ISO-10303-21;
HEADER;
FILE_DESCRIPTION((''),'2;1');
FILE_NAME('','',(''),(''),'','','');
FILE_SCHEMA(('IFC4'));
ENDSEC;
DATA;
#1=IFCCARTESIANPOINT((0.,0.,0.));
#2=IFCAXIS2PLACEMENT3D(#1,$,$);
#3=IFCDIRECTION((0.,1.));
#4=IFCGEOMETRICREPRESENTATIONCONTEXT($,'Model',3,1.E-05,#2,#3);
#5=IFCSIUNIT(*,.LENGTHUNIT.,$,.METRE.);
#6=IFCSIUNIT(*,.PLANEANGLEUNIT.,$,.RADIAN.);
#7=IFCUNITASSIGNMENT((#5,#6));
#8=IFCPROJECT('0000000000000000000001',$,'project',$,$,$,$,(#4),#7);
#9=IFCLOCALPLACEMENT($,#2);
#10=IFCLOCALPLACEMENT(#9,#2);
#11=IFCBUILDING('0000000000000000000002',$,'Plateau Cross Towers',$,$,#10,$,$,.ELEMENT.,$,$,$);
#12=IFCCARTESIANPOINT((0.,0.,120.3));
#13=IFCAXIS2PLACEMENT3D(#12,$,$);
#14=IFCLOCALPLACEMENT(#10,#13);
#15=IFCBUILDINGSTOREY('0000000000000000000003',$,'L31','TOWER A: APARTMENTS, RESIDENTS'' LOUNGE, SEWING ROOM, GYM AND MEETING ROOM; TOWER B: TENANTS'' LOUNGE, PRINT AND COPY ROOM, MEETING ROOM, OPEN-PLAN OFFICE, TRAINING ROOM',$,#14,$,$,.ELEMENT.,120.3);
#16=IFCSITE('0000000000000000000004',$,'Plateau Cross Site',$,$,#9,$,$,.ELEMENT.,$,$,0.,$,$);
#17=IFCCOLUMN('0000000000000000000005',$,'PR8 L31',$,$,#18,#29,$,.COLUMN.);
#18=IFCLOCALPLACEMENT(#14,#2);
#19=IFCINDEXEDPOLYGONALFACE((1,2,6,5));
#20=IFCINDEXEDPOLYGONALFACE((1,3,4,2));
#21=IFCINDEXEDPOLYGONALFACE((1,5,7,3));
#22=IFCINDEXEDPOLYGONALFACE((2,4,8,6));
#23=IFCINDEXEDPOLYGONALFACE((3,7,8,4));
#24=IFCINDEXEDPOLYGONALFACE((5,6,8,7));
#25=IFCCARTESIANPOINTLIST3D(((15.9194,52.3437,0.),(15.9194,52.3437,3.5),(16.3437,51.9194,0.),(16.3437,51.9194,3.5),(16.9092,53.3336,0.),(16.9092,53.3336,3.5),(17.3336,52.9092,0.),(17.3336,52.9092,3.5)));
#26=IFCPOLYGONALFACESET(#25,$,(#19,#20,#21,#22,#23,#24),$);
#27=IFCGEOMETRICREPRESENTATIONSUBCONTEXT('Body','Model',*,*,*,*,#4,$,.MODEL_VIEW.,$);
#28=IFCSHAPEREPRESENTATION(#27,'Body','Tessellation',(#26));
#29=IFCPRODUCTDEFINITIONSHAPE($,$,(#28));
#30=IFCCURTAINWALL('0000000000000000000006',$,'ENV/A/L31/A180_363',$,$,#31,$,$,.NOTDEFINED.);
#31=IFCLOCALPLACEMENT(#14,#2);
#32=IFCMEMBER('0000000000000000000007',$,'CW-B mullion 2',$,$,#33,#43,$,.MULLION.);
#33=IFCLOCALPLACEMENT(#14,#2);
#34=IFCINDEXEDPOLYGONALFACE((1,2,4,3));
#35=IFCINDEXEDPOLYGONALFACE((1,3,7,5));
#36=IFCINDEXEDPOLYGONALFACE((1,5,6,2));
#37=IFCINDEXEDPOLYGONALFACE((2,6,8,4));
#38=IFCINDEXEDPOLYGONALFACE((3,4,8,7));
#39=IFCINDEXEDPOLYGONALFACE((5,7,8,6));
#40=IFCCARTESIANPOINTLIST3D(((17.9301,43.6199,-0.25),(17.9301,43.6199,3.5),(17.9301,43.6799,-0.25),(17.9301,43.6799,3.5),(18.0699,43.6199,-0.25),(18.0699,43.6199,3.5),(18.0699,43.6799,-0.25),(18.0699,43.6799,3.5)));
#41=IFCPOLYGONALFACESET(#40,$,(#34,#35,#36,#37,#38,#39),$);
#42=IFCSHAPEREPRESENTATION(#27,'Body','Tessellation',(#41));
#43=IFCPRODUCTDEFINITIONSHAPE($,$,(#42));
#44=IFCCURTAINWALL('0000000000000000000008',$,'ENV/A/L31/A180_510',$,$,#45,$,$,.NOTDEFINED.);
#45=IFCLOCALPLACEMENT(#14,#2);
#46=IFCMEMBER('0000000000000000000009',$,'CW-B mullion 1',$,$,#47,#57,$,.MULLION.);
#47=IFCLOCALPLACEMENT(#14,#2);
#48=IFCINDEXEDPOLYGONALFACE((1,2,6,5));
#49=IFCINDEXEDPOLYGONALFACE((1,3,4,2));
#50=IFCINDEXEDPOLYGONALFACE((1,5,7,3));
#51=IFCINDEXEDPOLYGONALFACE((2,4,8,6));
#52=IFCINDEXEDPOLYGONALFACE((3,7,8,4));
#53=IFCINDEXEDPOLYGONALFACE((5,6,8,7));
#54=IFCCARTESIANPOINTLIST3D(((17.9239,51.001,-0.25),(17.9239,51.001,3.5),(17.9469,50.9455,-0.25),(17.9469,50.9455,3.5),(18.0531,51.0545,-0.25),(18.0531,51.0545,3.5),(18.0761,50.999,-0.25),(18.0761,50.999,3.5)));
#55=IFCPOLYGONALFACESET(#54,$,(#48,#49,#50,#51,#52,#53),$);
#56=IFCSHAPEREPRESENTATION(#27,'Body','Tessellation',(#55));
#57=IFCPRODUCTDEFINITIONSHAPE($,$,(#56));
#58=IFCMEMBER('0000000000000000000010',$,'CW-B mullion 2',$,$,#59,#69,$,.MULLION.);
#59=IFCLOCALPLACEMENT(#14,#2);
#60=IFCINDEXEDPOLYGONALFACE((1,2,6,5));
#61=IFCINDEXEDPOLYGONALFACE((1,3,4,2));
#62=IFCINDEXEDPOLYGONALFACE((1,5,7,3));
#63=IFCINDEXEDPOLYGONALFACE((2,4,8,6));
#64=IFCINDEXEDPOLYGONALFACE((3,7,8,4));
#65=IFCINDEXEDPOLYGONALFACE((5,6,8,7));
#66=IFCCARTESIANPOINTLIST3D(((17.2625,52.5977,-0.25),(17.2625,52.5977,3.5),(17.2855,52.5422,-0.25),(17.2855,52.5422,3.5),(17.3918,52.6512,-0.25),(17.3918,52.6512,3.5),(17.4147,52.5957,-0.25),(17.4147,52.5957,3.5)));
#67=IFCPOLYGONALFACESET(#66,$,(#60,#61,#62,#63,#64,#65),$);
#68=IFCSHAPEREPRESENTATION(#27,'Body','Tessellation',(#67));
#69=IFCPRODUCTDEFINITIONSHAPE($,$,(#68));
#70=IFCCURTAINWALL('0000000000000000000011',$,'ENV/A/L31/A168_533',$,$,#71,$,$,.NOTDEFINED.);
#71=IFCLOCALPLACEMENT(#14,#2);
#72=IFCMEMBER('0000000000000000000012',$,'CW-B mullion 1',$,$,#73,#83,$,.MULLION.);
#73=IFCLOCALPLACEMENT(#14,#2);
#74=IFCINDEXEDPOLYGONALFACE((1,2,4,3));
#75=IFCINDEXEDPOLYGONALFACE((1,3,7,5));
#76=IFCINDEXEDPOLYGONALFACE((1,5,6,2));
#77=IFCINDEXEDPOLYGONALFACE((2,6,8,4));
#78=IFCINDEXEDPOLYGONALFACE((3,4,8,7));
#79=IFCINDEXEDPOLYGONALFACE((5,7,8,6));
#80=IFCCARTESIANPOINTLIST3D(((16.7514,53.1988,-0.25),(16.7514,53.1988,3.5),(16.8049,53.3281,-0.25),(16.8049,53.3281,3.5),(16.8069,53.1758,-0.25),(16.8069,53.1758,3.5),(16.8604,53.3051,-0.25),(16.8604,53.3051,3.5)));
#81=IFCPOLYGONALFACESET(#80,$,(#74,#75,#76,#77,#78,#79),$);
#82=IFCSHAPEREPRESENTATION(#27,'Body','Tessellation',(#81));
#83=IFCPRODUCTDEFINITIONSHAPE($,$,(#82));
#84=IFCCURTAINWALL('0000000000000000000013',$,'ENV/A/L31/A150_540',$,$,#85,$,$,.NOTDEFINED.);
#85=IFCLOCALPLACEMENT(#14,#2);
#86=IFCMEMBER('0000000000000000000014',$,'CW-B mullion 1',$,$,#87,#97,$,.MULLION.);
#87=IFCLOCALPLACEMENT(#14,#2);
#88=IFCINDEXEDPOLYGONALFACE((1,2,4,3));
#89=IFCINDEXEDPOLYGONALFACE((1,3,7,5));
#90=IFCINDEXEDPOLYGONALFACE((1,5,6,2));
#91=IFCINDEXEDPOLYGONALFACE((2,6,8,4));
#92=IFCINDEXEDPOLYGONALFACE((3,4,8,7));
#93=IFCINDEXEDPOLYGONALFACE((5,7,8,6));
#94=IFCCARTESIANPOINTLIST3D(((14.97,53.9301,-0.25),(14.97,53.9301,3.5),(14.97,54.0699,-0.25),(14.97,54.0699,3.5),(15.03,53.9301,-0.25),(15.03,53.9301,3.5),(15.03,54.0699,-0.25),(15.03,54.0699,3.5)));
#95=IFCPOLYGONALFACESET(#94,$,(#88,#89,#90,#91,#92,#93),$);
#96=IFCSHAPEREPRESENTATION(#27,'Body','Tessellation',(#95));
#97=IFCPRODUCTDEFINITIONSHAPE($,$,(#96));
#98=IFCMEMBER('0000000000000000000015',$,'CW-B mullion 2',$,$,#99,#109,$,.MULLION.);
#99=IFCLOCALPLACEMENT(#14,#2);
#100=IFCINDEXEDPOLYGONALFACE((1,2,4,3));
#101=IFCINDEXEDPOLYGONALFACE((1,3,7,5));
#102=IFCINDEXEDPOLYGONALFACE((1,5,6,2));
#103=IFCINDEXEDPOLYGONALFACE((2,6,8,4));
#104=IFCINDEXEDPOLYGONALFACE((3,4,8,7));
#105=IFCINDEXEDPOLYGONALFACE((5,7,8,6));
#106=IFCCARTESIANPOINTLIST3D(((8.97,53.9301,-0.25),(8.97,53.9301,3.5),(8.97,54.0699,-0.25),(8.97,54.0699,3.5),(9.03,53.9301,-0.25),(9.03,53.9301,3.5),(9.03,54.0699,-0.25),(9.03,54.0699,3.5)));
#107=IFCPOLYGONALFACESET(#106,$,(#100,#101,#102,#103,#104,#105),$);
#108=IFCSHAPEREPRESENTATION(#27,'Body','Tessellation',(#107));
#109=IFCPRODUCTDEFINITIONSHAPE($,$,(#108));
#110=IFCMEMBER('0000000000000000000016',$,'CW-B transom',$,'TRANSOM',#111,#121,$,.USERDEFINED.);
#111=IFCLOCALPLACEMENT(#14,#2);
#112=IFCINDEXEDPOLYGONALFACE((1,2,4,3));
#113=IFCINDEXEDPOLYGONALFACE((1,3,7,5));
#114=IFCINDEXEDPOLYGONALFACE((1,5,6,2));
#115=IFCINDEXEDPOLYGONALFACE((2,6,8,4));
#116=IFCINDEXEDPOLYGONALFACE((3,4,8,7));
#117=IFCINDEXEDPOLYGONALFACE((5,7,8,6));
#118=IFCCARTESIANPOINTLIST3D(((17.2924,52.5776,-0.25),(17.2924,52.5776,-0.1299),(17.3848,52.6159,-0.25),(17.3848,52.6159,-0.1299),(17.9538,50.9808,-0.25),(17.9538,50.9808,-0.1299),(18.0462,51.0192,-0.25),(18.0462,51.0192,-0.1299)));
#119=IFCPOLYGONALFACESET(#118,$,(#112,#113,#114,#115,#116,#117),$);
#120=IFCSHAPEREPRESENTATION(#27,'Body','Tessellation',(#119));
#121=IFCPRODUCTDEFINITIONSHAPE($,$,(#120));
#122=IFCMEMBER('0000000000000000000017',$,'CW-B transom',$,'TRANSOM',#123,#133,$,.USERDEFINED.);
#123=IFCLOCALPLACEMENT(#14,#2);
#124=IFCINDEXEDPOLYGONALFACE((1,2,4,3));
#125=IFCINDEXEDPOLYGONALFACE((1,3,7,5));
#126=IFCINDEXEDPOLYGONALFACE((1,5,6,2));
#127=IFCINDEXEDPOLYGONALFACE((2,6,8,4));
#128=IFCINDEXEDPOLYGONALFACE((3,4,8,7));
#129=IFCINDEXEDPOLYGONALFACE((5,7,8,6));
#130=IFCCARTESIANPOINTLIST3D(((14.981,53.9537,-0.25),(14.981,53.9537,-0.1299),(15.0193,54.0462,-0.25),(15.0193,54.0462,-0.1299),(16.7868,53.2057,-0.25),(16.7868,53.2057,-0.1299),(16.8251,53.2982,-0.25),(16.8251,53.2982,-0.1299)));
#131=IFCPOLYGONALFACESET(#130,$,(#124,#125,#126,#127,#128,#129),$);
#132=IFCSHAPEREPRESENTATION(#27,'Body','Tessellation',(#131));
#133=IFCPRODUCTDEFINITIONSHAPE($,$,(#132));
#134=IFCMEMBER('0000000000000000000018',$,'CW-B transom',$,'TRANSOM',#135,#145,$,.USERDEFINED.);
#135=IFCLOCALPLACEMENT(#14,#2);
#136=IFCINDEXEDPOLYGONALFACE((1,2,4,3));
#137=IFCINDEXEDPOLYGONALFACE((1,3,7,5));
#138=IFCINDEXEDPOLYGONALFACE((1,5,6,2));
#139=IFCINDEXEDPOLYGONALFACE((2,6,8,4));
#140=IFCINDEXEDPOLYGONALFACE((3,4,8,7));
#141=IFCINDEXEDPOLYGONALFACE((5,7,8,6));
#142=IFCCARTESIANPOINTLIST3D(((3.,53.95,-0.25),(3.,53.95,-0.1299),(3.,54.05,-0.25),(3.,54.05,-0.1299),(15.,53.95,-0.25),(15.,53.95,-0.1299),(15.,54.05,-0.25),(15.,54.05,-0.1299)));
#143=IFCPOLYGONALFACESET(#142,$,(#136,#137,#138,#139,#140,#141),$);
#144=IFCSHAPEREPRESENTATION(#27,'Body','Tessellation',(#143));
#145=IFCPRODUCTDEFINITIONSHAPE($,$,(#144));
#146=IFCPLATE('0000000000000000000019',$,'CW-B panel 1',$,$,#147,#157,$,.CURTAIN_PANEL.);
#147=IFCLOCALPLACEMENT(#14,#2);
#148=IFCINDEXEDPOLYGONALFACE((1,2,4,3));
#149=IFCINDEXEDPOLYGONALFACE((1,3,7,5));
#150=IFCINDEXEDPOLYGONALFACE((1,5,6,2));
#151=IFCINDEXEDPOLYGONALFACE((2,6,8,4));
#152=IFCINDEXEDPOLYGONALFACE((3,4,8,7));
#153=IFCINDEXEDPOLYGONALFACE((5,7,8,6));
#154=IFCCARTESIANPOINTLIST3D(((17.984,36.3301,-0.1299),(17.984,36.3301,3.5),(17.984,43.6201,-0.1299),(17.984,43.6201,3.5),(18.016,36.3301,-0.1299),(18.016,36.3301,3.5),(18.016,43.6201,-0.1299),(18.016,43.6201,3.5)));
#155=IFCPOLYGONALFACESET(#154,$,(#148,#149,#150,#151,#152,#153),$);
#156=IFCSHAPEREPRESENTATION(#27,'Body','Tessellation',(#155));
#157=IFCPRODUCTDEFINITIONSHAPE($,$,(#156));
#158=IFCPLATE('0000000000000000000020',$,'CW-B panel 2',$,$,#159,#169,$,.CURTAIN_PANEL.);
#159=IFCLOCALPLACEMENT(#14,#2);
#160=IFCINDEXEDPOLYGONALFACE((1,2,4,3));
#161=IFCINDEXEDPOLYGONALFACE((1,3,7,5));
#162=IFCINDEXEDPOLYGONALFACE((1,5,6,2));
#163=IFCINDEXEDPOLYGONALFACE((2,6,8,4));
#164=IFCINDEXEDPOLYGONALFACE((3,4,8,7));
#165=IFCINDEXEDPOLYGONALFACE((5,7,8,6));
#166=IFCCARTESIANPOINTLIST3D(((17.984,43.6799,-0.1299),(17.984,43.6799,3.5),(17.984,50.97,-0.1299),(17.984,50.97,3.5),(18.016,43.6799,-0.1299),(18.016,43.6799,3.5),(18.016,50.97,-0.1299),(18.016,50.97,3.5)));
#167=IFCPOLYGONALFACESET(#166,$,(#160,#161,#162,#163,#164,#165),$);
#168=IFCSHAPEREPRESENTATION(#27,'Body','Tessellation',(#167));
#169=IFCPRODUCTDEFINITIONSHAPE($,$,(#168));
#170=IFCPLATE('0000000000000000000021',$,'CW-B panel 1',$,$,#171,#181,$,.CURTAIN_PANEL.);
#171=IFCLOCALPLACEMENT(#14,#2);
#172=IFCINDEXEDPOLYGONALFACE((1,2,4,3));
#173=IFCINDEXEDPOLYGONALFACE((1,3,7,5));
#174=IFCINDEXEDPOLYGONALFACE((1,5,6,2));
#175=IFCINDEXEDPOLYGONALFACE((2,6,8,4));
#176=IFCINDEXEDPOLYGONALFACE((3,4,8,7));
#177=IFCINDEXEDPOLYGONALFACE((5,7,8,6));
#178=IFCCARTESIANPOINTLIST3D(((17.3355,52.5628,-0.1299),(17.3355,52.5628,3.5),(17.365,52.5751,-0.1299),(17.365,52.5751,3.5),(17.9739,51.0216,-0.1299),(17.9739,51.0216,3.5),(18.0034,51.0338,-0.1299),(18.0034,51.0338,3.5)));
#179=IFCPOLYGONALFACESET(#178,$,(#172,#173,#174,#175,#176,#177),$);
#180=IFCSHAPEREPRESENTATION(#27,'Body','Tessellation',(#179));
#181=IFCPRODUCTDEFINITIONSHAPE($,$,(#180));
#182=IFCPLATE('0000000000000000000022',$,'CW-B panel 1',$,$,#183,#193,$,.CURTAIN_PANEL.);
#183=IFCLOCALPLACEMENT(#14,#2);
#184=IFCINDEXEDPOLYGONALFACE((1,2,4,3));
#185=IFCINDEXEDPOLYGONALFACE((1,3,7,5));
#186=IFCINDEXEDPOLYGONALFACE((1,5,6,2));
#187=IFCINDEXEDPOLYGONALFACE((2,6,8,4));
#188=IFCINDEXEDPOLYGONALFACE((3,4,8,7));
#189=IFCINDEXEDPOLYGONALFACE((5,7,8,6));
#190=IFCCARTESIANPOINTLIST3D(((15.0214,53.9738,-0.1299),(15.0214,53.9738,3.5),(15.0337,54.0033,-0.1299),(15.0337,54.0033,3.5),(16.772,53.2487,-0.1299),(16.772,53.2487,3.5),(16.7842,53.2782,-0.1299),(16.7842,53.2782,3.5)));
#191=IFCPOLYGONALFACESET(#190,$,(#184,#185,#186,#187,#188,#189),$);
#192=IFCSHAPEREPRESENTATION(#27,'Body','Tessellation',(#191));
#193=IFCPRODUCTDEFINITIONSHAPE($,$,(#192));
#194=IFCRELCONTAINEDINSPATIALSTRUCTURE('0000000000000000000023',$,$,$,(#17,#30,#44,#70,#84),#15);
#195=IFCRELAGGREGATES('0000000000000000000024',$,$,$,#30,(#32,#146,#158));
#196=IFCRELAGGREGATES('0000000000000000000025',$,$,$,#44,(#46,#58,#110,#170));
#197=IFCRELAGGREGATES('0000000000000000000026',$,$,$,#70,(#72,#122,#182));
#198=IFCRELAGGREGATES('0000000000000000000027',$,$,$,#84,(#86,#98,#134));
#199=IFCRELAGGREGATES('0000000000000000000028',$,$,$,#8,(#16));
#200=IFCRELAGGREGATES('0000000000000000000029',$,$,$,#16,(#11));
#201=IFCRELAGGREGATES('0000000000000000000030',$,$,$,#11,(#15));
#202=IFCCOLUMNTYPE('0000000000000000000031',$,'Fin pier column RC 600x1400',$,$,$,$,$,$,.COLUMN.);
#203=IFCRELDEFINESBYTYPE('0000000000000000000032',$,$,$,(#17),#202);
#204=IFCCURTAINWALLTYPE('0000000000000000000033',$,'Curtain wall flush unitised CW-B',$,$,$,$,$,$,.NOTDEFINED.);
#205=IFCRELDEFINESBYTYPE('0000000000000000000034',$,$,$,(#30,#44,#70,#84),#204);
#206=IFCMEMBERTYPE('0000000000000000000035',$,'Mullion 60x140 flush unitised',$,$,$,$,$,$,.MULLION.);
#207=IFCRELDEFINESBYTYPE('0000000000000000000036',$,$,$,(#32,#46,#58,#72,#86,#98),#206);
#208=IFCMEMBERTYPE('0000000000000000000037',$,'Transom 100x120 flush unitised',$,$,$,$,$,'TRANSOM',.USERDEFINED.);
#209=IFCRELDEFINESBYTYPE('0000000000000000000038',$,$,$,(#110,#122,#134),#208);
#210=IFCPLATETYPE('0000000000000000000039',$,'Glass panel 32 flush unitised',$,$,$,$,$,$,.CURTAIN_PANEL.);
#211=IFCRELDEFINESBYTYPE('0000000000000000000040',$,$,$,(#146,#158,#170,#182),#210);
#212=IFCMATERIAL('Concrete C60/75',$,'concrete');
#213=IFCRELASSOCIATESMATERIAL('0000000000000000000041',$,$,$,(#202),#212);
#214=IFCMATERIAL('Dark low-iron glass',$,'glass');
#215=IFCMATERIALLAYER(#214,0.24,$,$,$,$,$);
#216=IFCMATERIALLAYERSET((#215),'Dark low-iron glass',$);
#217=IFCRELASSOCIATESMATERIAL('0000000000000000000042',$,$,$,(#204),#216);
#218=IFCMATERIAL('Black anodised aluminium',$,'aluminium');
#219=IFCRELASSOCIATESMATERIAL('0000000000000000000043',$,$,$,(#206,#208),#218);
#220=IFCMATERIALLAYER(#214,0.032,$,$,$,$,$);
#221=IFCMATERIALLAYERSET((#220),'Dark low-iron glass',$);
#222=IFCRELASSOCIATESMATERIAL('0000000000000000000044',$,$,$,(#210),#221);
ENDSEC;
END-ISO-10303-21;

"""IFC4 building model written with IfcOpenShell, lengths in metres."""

from ifc_helpers import new_model, si_unit, direction, frame, origin, origin_2d, place, context, subcontext, project, spatial, rectangle, extrude, material, layer, layer_set, material_profile, profile_set, type_object, element, aggregate, save


model = new_model("IFC4")

# Units and contexts
model_context = context("Model", 3, precision=1e-05, world=origin(), true_north=direction((0.0, 1.0)))
body_context = subcontext(model_context, "Body", "Model", "MODEL_VIEW")
ifc_project = project(units=[si_unit("LENGTHUNIT", "METRE"), si_unit("PLANEANGLEUNIT", "RADIAN")], contexts=[model_context])

# Site, building, storey
site_placement = place(None, origin())
site = spatial("IfcSite", under=ifc_project, at=site_placement, Name="Plateau Cross Site", CompositionType="ELEMENT", RefElevation=0.0)
building_placement = place(site_placement, origin())
building = spatial("IfcBuilding", under=site, at=building_placement, Name="Plateau Cross Towers", CompositionType="ELEMENT")
storey_placement = place(building_placement, frame((0.0, 0.0, 120.3)))
storey = spatial("IfcBuildingStorey", under=building, at=storey_placement, Name="L31", Description="TOWER A: APARTMENTS, RESIDENTS' LOUNGE, SEWING ROOM, GYM AND MEETING ROOM; TOWER B: TENANTS' LOUNGE, PRINT AND COPY ROOM, MEETING ROOM, OPEN-PLAN OFFICE, TRAINING ROOM", CompositionType="ELEMENT", Elevation=120.3)

# Column
ifc_material_1 = material(Name="Concrete C60/75", Category="concrete")
ifc_material_profile_1 = material_profile(ifc_material_1, rectangle(XDim=0.6001, YDim=1.3999, at=origin_2d()), Name="RC 600x1400")
ifc_profile_set_1 = profile_set([ifc_material_profile_1], Name="Concrete C60/75")
column_type = type_object("IfcColumnType", Name="Fin pier column RC 600x1400", PredefinedType="COLUMN", material=ifc_profile_set_1)
column_placement = place(storey_placement, frame((16.6265, 52.6265, 0.0), z_axis=(0.0, 0.0, 1.0), x_axis=(-0.707107, 0.707107, 0.0)))
element("IfcColumn", 1, at=column_placement, inside=storey, type_object=column_type, Name="PR8 L31", PredefinedType="COLUMN", context=body_context, shape_type="SweptSolid", body=[
    extrude(rectangle(XDim=0.6001, YDim=1.3999, at=origin_2d()), origin(), (0.0, 0.0, 1.0), 3.5),
])

# Curtain wall, member
ifc_material_2 = material(Name="Dark low-iron glass", Category="glass")
ifc_layer_1 = layer(ifc_material_2, 0.24)
ifc_layer_set_1 = layer_set([ifc_layer_1], Name="Dark low-iron glass")
curtain_wall_type = type_object("IfcCurtainWallType", Name="Curtain wall flush unitised CW-B", PredefinedType="NOTDEFINED", material=ifc_layer_set_1)
curtain_wall_1_placement = place(storey_placement, origin())
curtain_wall_1 = element("IfcCurtainWall", 2, at=curtain_wall_1_placement, inside=storey, type_object=curtain_wall_type, Name="ENV/A/L31/A180_363", PredefinedType="NOTDEFINED")
ifc_material_3 = material(Name="Black anodised aluminium", Category="aluminium")
ifc_material_profile_2 = material_profile(ifc_material_3, rectangle(XDim=0.0601, YDim=0.1399, at=origin_2d()), Name="MULLION 60x140")
ifc_profile_set_2 = profile_set([ifc_material_profile_2], Name="Black anodised aluminium")
member_type_1 = type_object("IfcMemberType", Name="Mullion 60x140 flush unitised", PredefinedType="MULLION", material=ifc_profile_set_2)
member_1_placement = place(storey_placement, frame((18.0, 43.6499, -0.25), z_axis=(0.0, 0.0, 1.0), x_axis=(0.0, 1.0, 0.0)))
member_1 = element("IfcMember", 3, at=member_1_placement, type_object=member_type_1, Name="CW-B mullion 2", PredefinedType="MULLION", context=body_context, shape_type="SweptSolid", body=[
    extrude(rectangle(XDim=0.0601, YDim=0.1399, at=origin_2d()), origin(), (0.0, 0.0, 1.0), 3.75),
])

# Curtain wall, members
curtain_wall_2_placement = place(storey_placement, origin())
curtain_wall_2 = element("IfcCurtainWall", 4, at=curtain_wall_2_placement, inside=storey, type_object=curtain_wall_type, Name="ENV/A/L31/A180_510", PredefinedType="NOTDEFINED")
member_2_placement = place(storey_placement, frame((18.0, 51.0, -0.25), z_axis=(0.0, 0.0, 1.0), x_axis=(-0.382684, 0.923879, 0.0)))
member_2 = element("IfcMember", 5, at=member_2_placement, type_object=member_type_1, Name="CW-B mullion 1", PredefinedType="MULLION", context=body_context, shape_type="SweptSolid", body=[
    extrude(rectangle(XDim=0.0601, YDim=0.1399, at=origin_2d()), origin(), (0.0, 0.0, 1.0), 3.75),
])
member_3_placement = place(storey_placement, frame((17.3386, 52.5967, -0.25), z_axis=(0.0, 0.0, 1.0), x_axis=(-0.382684, 0.923879, 0.0)))
member_3 = element("IfcMember", 6, at=member_3_placement, type_object=member_type_1, Name="CW-B mullion 2", PredefinedType="MULLION", context=body_context, shape_type="SweptSolid", body=[
    extrude(rectangle(XDim=0.0601, YDim=0.1399, at=origin_2d()), origin(), (0.0, 0.0, 1.0), 3.75),
])

# Curtain wall, member
curtain_wall_3_placement = place(storey_placement, origin())
curtain_wall_3 = element("IfcCurtainWall", 7, at=curtain_wall_3_placement, inside=storey, type_object=curtain_wall_type, Name="ENV/A/L31/A168_533", PredefinedType="NOTDEFINED")
member_4_placement = place(storey_placement, frame((16.8059, 53.252, -0.25), z_axis=(0.0, 0.0, 1.0), x_axis=(-0.923879, 0.382684, 0.0)))
member_4 = element("IfcMember", 8, at=member_4_placement, type_object=member_type_1, Name="CW-B mullion 1", PredefinedType="MULLION", context=body_context, shape_type="SweptSolid", body=[
    extrude(rectangle(XDim=0.0601, YDim=0.1399, at=origin_2d()), origin(), (0.0, 0.0, 1.0), 3.75),
])

# Curtain wall, members
curtain_wall_4_placement = place(storey_placement, origin())
curtain_wall_4 = element("IfcCurtainWall", 9, at=curtain_wall_4_placement, inside=storey, type_object=curtain_wall_type, Name="ENV/A/L31/A150_540", PredefinedType="NOTDEFINED")
member_5_placement = place(storey_placement, frame((15.0, 54.0, -0.25), z_axis=(0.0, 0.0, 1.0), x_axis=(-1.0, 0.0, 0.0)))
member_5 = element("IfcMember", 10, at=member_5_placement, type_object=member_type_1, Name="CW-B mullion 1", PredefinedType="MULLION", context=body_context, shape_type="SweptSolid", body=[
    extrude(rectangle(XDim=0.0601, YDim=0.1399, at=origin_2d()), origin(), (0.0, 0.0, 1.0), 3.75),
])
member_6_placement = place(storey_placement, frame((9.0, 54.0, -0.25), z_axis=(0.0, 0.0, 1.0), x_axis=(-1.0, 0.0, 0.0)))
member_6 = element("IfcMember", 11, at=member_6_placement, type_object=member_type_1, Name="CW-B mullion 2", PredefinedType="MULLION", context=body_context, shape_type="SweptSolid", body=[
    extrude(rectangle(XDim=0.0601, YDim=0.1399, at=origin_2d()), origin(), (0.0, 0.0, 1.0), 3.75),
])

# Members
ifc_material_profile_3 = material_profile(ifc_material_3, rectangle(XDim=0.1001, YDim=0.1201, at=origin_2d()), Name="TRANSOM 100x120")
ifc_profile_set_3 = profile_set([ifc_material_profile_3], Name="Black anodised aluminium")
member_type_2 = type_object("IfcMemberType", Name="Transom 100x120 flush unitised", ElementType="TRANSOM", PredefinedType="USERDEFINED", material=ifc_profile_set_3)
member_7_placement = place(storey_placement, frame((18.0, 51.0, -0.1899), z_axis=(-0.382689, 0.923877, 0.0), x_axis=(-0.923877, -0.382689, 0.0)))
member_7 = element("IfcMember", 12, at=member_7_placement, type_object=member_type_2, Name="CW-B transom", ObjectType="TRANSOM", PredefinedType="USERDEFINED", context=body_context, shape_type="SweptSolid", body=[
    extrude(rectangle(XDim=0.1001, YDim=0.1201, at=origin_2d()), origin(), (0.0, 0.0, 1.0), 1.7283),
])
member_8_placement = place(storey_placement, frame((16.8059, 53.252, -0.1899), z_axis=(-0.923877, 0.38269, 0.0), x_axis=(-0.38269, -0.923877, 0.0)))
member_8 = element("IfcMember", 13, at=member_8_placement, type_object=member_type_2, Name="CW-B transom", ObjectType="TRANSOM", PredefinedType="USERDEFINED", context=body_context, shape_type="SweptSolid", body=[
    extrude(rectangle(XDim=0.1001, YDim=0.1201, at=origin_2d()), origin(), (0.0, 0.0, 1.0), 1.9546),
])
member_9_placement = place(storey_placement, frame((15.0, 54.0, -0.1899), z_axis=(-1.0, 0.0, 0.0), x_axis=(0.0, -1.0, 0.0)))
member_9 = element("IfcMember", 14, at=member_9_placement, type_object=member_type_2, Name="CW-B transom", ObjectType="TRANSOM", PredefinedType="USERDEFINED", context=body_context, shape_type="SweptSolid", body=[
    extrude(rectangle(XDim=0.1001, YDim=0.1201, at=origin_2d()), origin(), (0.0, 0.0, 1.0), 12.0),
])

# Plates
ifc_layer_2 = layer(ifc_material_2, 0.032)
ifc_layer_set_2 = layer_set([ifc_layer_2], Name="Dark low-iron glass")
plate_type = type_object("IfcPlateType", Name="Glass panel 32 flush unitised", PredefinedType="CURTAIN_PANEL", material=ifc_layer_set_2)
plate_1_placement = place(storey_placement, frame((18.0, 39.9751, -0.1299), z_axis=(0.0, 0.0, 1.0), x_axis=(0.0, 1.0, 0.0)))
plate_1 = element("IfcPlate", 15, at=plate_1_placement, type_object=plate_type, Name="CW-B panel 1", PredefinedType="CURTAIN_PANEL", context=body_context, shape_type="SweptSolid", body=[
    extrude(rectangle(XDim=7.29, YDim=0.032, at=origin_2d()), origin(), (0.0, 0.0, 1.0), 3.6299),
])
plate_2_placement = place(storey_placement, frame((18.0, 47.325, -0.1299), z_axis=(0.0, 0.0, 1.0), x_axis=(0.0, 1.0, 0.0)))
plate_2 = element("IfcPlate", 16, at=plate_2_placement, type_object=plate_type, Name="CW-B panel 2", PredefinedType="CURTAIN_PANEL", context=body_context, shape_type="SweptSolid", body=[
    extrude(rectangle(XDim=7.29, YDim=0.032, at=origin_2d()), origin(), (0.0, 0.0, 1.0), 3.6299),
])
aggregate(curtain_wall_1, [member_1, plate_1, plate_2])
plate_3_placement = place(storey_placement, frame((17.6694, 51.7983, -0.1299), z_axis=(0.0, 0.0, 1.0), x_axis=(-0.382684, 0.923879, 0.0)))
plate_3 = element("IfcPlate", 17, at=plate_3_placement, type_object=plate_type, Name="CW-B panel 1", PredefinedType="CURTAIN_PANEL", context=body_context, shape_type="SweptSolid", body=[
    extrude(rectangle(XDim=1.6682, YDim=0.032, at=origin_2d()), origin(), (0.0, 0.0, 1.0), 3.6299),
])
aggregate(curtain_wall_2, [member_2, member_3, member_7, plate_3])
plate_4_placement = place(storey_placement, frame((15.9028, 53.626, -0.1299), z_axis=(0.0, 0.0, 1.0), x_axis=(-0.923879, 0.382684, 0.0)))
plate_4 = element("IfcPlate", 18, at=plate_4_placement, type_object=plate_type, Name="CW-B panel 1", PredefinedType="CURTAIN_PANEL", context=body_context, shape_type="SweptSolid", body=[
    extrude(rectangle(XDim=1.8948, YDim=0.032, at=origin_2d()), origin(), (0.0, 0.0, 1.0), 3.6299),
])
aggregate(curtain_wall_3, [member_4, member_8, plate_4])
aggregate(curtain_wall_4, [member_5, member_6, member_9])

save(model, "model.ifc")
